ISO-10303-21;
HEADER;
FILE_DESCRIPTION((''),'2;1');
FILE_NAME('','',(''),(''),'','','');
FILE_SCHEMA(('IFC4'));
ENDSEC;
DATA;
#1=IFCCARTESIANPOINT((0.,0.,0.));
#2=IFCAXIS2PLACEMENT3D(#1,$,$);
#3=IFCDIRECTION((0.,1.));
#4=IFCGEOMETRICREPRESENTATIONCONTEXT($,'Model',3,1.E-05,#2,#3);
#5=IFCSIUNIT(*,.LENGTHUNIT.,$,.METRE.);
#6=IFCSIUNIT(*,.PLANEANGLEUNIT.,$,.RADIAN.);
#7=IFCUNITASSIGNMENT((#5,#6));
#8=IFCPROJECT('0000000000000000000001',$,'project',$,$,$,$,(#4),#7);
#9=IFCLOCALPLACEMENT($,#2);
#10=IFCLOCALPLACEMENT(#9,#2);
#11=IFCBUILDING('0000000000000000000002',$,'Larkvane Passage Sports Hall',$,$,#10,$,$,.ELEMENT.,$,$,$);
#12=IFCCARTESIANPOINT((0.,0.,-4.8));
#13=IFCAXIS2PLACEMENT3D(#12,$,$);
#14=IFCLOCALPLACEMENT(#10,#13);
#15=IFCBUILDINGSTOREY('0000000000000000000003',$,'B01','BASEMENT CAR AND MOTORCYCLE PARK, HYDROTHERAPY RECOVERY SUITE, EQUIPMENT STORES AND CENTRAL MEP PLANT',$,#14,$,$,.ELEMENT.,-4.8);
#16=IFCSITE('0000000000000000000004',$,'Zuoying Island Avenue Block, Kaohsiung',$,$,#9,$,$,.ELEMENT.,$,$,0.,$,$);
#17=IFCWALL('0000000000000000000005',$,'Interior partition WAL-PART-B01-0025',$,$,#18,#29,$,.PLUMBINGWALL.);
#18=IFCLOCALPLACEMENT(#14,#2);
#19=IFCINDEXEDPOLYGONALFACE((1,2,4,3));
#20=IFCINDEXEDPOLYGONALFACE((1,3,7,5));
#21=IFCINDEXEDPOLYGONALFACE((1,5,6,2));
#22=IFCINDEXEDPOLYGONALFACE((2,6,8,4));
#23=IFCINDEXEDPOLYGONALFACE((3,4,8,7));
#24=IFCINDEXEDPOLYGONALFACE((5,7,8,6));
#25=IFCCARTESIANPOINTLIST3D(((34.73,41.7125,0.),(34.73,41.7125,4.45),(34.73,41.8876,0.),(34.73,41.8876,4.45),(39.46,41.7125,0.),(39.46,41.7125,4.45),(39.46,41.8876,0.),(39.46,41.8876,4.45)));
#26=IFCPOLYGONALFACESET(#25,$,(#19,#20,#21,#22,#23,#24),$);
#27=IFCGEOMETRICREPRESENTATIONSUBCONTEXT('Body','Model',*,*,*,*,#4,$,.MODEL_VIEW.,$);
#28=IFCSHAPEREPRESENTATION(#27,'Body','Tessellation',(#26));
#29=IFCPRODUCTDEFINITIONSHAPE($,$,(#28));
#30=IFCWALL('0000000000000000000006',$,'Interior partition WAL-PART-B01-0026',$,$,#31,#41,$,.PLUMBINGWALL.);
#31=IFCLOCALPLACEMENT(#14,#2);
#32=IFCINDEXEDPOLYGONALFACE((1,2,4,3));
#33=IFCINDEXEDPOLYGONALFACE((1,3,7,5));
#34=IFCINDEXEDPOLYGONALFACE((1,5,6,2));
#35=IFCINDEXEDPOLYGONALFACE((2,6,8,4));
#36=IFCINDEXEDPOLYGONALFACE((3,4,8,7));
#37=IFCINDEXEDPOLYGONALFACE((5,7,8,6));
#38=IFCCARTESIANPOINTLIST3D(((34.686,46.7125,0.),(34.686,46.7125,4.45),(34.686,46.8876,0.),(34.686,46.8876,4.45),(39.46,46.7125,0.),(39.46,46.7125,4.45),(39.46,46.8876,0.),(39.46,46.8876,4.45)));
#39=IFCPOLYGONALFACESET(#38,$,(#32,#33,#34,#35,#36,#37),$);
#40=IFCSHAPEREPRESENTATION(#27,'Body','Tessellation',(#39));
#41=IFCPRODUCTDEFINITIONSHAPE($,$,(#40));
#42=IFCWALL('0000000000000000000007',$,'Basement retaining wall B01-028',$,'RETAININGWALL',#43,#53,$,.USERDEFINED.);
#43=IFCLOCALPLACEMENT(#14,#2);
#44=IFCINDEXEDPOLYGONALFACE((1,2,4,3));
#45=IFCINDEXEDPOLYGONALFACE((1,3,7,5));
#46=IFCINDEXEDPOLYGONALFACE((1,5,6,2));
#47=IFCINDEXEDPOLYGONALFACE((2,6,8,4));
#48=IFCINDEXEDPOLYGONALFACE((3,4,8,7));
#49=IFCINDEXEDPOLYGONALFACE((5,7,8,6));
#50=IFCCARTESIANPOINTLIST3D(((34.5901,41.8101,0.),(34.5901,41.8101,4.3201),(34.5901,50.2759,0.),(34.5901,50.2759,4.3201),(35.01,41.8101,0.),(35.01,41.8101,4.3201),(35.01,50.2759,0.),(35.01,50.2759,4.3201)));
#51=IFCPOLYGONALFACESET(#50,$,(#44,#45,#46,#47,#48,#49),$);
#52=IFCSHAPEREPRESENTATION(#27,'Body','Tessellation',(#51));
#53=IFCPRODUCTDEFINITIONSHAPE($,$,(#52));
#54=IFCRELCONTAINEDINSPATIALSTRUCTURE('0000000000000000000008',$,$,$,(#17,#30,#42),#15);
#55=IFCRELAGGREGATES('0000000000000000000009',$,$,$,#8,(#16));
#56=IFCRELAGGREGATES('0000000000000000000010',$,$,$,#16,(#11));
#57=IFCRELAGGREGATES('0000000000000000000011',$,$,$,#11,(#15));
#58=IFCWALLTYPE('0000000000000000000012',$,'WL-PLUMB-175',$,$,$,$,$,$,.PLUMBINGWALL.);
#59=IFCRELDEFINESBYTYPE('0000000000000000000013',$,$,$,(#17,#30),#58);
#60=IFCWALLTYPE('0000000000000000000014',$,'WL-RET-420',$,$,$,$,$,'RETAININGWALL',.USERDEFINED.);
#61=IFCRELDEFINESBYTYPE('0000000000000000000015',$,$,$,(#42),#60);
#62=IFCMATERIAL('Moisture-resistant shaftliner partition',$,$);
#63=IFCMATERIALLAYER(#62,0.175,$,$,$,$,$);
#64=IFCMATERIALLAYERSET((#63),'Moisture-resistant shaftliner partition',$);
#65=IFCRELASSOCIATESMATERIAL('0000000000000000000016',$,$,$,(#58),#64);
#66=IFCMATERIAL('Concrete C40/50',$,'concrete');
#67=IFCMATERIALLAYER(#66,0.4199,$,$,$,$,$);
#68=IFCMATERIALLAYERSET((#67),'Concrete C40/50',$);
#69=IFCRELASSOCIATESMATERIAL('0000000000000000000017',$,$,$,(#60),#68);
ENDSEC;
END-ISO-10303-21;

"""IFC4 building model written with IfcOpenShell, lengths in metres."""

from ifc_helpers import new_model, si_unit, direction, frame, frame_2d, origin, place, context, subcontext, project, spatial, rectangle, extrude, material, layer, layer_set, type_object, element, save


model = new_model("IFC4")

# Units and contexts
model_context = context("Model", 3, precision=1e-05, world=origin(), true_north=direction((0.0, 1.0)))
body_context = subcontext(model_context, "Body", "Model", "MODEL_VIEW")
ifc_project = project(units=[si_unit("LENGTHUNIT", "METRE"), si_unit("PLANEANGLEUNIT", "RADIAN")], contexts=[model_context])

# Site, building, storey
site_placement = place(None, origin())
site = spatial("IfcSite", under=ifc_project, at=site_placement, Name="Zuoying Island Avenue Block, Kaohsiung", CompositionType="ELEMENT", RefElevation=0.0)
building_placement = place(site_placement, origin())
building = spatial("IfcBuilding", under=site, at=building_placement, Name="Larkvane Passage Sports Hall", CompositionType="ELEMENT")
storey_placement = place(building_placement, frame((0.0, 0.0, -4.8)))
storey = spatial("IfcBuildingStorey", under=building, at=storey_placement, Name="B01", Description="BASEMENT CAR AND MOTORCYCLE PARK, HYDROTHERAPY RECOVERY SUITE, EQUIPMENT STORES AND CENTRAL MEP PLANT", CompositionType="ELEMENT", Elevation=-4.8)

# Shared definitions
ifc_material_1 = material(Name="Concrete C40/50", Category="concrete")

# Shared definitions
ifc_material_2 = material(Name="Moisture-resistant shaftliner partition")
ifc_layer_1 = layer(ifc_material_2, 0.175)
ifc_layer_set_1 = layer_set([ifc_layer_1], Name="Moisture-resistant shaftliner partition")
wall_type_1 = type_object("IfcWallType", Name="WL-PLUMB-175", PredefinedType="PLUMBINGWALL", material=ifc_layer_set_1)

# Walls
wall_1_placement = place(storey_placement, frame((39.46, 41.8, 0.0), z_axis=(0.0, 0.0, 1.0), x_axis=(-1.0, 0.0, 0.0)))
element("IfcWall", 1, at=wall_1_placement, inside=storey, type_object=wall_type_1, Name="Interior partition WAL-PART-B01-0025", PredefinedType="PLUMBINGWALL", context=body_context, shape_type="SweptSolid", body=[
    extrude(rectangle(XDim=4.73, YDim=0.175, at=frame_2d((2.365, 0.0))), origin(), (0.0, 0.0, 1.0), 4.45),
])
wall_2_placement = place(storey_placement, frame((34.686, 46.8, 0.0), z_axis=(0.0, 0.0, 1.0), x_axis=(1.0, 0.0, 0.0)))
element("IfcWall", 2, at=wall_2_placement, inside=storey, type_object=wall_type_1, Name="Interior partition WAL-PART-B01-0026", PredefinedType="PLUMBINGWALL", context=body_context, shape_type="SweptSolid", body=[
    extrude(rectangle(XDim=4.7739, YDim=0.175, at=frame_2d((2.387, 0.0))), origin(), (0.0, 0.0, 1.0), 4.45),
])
ifc_layer_2 = layer(ifc_material_1, 0.4199)
ifc_layer_set_2 = layer_set([ifc_layer_2], Name="Concrete C40/50")
wall_type_2 = type_object("IfcWallType", Name="WL-RET-420", ElementType="RETAININGWALL", PredefinedType="USERDEFINED", material=ifc_layer_set_2)
wall_3_placement = place(storey_placement, frame((34.8, 50.2759, 0.0), z_axis=(0.0, 0.0, 1.0), x_axis=(0.0, -1.0, 0.0)))
element("IfcWall", 3, at=wall_3_placement, inside=storey, type_object=wall_type_2, Name="Basement retaining wall B01-028", ObjectType="RETAININGWALL", PredefinedType="USERDEFINED", context=body_context, shape_type="SweptSolid", body=[
    extrude(rectangle(XDim=8.4658, YDim=0.4199, at=frame_2d((4.2329, 0.0))), origin(), (0.0, 0.0, 1.0), 4.3201),
])

save(model, "model.ifc")
